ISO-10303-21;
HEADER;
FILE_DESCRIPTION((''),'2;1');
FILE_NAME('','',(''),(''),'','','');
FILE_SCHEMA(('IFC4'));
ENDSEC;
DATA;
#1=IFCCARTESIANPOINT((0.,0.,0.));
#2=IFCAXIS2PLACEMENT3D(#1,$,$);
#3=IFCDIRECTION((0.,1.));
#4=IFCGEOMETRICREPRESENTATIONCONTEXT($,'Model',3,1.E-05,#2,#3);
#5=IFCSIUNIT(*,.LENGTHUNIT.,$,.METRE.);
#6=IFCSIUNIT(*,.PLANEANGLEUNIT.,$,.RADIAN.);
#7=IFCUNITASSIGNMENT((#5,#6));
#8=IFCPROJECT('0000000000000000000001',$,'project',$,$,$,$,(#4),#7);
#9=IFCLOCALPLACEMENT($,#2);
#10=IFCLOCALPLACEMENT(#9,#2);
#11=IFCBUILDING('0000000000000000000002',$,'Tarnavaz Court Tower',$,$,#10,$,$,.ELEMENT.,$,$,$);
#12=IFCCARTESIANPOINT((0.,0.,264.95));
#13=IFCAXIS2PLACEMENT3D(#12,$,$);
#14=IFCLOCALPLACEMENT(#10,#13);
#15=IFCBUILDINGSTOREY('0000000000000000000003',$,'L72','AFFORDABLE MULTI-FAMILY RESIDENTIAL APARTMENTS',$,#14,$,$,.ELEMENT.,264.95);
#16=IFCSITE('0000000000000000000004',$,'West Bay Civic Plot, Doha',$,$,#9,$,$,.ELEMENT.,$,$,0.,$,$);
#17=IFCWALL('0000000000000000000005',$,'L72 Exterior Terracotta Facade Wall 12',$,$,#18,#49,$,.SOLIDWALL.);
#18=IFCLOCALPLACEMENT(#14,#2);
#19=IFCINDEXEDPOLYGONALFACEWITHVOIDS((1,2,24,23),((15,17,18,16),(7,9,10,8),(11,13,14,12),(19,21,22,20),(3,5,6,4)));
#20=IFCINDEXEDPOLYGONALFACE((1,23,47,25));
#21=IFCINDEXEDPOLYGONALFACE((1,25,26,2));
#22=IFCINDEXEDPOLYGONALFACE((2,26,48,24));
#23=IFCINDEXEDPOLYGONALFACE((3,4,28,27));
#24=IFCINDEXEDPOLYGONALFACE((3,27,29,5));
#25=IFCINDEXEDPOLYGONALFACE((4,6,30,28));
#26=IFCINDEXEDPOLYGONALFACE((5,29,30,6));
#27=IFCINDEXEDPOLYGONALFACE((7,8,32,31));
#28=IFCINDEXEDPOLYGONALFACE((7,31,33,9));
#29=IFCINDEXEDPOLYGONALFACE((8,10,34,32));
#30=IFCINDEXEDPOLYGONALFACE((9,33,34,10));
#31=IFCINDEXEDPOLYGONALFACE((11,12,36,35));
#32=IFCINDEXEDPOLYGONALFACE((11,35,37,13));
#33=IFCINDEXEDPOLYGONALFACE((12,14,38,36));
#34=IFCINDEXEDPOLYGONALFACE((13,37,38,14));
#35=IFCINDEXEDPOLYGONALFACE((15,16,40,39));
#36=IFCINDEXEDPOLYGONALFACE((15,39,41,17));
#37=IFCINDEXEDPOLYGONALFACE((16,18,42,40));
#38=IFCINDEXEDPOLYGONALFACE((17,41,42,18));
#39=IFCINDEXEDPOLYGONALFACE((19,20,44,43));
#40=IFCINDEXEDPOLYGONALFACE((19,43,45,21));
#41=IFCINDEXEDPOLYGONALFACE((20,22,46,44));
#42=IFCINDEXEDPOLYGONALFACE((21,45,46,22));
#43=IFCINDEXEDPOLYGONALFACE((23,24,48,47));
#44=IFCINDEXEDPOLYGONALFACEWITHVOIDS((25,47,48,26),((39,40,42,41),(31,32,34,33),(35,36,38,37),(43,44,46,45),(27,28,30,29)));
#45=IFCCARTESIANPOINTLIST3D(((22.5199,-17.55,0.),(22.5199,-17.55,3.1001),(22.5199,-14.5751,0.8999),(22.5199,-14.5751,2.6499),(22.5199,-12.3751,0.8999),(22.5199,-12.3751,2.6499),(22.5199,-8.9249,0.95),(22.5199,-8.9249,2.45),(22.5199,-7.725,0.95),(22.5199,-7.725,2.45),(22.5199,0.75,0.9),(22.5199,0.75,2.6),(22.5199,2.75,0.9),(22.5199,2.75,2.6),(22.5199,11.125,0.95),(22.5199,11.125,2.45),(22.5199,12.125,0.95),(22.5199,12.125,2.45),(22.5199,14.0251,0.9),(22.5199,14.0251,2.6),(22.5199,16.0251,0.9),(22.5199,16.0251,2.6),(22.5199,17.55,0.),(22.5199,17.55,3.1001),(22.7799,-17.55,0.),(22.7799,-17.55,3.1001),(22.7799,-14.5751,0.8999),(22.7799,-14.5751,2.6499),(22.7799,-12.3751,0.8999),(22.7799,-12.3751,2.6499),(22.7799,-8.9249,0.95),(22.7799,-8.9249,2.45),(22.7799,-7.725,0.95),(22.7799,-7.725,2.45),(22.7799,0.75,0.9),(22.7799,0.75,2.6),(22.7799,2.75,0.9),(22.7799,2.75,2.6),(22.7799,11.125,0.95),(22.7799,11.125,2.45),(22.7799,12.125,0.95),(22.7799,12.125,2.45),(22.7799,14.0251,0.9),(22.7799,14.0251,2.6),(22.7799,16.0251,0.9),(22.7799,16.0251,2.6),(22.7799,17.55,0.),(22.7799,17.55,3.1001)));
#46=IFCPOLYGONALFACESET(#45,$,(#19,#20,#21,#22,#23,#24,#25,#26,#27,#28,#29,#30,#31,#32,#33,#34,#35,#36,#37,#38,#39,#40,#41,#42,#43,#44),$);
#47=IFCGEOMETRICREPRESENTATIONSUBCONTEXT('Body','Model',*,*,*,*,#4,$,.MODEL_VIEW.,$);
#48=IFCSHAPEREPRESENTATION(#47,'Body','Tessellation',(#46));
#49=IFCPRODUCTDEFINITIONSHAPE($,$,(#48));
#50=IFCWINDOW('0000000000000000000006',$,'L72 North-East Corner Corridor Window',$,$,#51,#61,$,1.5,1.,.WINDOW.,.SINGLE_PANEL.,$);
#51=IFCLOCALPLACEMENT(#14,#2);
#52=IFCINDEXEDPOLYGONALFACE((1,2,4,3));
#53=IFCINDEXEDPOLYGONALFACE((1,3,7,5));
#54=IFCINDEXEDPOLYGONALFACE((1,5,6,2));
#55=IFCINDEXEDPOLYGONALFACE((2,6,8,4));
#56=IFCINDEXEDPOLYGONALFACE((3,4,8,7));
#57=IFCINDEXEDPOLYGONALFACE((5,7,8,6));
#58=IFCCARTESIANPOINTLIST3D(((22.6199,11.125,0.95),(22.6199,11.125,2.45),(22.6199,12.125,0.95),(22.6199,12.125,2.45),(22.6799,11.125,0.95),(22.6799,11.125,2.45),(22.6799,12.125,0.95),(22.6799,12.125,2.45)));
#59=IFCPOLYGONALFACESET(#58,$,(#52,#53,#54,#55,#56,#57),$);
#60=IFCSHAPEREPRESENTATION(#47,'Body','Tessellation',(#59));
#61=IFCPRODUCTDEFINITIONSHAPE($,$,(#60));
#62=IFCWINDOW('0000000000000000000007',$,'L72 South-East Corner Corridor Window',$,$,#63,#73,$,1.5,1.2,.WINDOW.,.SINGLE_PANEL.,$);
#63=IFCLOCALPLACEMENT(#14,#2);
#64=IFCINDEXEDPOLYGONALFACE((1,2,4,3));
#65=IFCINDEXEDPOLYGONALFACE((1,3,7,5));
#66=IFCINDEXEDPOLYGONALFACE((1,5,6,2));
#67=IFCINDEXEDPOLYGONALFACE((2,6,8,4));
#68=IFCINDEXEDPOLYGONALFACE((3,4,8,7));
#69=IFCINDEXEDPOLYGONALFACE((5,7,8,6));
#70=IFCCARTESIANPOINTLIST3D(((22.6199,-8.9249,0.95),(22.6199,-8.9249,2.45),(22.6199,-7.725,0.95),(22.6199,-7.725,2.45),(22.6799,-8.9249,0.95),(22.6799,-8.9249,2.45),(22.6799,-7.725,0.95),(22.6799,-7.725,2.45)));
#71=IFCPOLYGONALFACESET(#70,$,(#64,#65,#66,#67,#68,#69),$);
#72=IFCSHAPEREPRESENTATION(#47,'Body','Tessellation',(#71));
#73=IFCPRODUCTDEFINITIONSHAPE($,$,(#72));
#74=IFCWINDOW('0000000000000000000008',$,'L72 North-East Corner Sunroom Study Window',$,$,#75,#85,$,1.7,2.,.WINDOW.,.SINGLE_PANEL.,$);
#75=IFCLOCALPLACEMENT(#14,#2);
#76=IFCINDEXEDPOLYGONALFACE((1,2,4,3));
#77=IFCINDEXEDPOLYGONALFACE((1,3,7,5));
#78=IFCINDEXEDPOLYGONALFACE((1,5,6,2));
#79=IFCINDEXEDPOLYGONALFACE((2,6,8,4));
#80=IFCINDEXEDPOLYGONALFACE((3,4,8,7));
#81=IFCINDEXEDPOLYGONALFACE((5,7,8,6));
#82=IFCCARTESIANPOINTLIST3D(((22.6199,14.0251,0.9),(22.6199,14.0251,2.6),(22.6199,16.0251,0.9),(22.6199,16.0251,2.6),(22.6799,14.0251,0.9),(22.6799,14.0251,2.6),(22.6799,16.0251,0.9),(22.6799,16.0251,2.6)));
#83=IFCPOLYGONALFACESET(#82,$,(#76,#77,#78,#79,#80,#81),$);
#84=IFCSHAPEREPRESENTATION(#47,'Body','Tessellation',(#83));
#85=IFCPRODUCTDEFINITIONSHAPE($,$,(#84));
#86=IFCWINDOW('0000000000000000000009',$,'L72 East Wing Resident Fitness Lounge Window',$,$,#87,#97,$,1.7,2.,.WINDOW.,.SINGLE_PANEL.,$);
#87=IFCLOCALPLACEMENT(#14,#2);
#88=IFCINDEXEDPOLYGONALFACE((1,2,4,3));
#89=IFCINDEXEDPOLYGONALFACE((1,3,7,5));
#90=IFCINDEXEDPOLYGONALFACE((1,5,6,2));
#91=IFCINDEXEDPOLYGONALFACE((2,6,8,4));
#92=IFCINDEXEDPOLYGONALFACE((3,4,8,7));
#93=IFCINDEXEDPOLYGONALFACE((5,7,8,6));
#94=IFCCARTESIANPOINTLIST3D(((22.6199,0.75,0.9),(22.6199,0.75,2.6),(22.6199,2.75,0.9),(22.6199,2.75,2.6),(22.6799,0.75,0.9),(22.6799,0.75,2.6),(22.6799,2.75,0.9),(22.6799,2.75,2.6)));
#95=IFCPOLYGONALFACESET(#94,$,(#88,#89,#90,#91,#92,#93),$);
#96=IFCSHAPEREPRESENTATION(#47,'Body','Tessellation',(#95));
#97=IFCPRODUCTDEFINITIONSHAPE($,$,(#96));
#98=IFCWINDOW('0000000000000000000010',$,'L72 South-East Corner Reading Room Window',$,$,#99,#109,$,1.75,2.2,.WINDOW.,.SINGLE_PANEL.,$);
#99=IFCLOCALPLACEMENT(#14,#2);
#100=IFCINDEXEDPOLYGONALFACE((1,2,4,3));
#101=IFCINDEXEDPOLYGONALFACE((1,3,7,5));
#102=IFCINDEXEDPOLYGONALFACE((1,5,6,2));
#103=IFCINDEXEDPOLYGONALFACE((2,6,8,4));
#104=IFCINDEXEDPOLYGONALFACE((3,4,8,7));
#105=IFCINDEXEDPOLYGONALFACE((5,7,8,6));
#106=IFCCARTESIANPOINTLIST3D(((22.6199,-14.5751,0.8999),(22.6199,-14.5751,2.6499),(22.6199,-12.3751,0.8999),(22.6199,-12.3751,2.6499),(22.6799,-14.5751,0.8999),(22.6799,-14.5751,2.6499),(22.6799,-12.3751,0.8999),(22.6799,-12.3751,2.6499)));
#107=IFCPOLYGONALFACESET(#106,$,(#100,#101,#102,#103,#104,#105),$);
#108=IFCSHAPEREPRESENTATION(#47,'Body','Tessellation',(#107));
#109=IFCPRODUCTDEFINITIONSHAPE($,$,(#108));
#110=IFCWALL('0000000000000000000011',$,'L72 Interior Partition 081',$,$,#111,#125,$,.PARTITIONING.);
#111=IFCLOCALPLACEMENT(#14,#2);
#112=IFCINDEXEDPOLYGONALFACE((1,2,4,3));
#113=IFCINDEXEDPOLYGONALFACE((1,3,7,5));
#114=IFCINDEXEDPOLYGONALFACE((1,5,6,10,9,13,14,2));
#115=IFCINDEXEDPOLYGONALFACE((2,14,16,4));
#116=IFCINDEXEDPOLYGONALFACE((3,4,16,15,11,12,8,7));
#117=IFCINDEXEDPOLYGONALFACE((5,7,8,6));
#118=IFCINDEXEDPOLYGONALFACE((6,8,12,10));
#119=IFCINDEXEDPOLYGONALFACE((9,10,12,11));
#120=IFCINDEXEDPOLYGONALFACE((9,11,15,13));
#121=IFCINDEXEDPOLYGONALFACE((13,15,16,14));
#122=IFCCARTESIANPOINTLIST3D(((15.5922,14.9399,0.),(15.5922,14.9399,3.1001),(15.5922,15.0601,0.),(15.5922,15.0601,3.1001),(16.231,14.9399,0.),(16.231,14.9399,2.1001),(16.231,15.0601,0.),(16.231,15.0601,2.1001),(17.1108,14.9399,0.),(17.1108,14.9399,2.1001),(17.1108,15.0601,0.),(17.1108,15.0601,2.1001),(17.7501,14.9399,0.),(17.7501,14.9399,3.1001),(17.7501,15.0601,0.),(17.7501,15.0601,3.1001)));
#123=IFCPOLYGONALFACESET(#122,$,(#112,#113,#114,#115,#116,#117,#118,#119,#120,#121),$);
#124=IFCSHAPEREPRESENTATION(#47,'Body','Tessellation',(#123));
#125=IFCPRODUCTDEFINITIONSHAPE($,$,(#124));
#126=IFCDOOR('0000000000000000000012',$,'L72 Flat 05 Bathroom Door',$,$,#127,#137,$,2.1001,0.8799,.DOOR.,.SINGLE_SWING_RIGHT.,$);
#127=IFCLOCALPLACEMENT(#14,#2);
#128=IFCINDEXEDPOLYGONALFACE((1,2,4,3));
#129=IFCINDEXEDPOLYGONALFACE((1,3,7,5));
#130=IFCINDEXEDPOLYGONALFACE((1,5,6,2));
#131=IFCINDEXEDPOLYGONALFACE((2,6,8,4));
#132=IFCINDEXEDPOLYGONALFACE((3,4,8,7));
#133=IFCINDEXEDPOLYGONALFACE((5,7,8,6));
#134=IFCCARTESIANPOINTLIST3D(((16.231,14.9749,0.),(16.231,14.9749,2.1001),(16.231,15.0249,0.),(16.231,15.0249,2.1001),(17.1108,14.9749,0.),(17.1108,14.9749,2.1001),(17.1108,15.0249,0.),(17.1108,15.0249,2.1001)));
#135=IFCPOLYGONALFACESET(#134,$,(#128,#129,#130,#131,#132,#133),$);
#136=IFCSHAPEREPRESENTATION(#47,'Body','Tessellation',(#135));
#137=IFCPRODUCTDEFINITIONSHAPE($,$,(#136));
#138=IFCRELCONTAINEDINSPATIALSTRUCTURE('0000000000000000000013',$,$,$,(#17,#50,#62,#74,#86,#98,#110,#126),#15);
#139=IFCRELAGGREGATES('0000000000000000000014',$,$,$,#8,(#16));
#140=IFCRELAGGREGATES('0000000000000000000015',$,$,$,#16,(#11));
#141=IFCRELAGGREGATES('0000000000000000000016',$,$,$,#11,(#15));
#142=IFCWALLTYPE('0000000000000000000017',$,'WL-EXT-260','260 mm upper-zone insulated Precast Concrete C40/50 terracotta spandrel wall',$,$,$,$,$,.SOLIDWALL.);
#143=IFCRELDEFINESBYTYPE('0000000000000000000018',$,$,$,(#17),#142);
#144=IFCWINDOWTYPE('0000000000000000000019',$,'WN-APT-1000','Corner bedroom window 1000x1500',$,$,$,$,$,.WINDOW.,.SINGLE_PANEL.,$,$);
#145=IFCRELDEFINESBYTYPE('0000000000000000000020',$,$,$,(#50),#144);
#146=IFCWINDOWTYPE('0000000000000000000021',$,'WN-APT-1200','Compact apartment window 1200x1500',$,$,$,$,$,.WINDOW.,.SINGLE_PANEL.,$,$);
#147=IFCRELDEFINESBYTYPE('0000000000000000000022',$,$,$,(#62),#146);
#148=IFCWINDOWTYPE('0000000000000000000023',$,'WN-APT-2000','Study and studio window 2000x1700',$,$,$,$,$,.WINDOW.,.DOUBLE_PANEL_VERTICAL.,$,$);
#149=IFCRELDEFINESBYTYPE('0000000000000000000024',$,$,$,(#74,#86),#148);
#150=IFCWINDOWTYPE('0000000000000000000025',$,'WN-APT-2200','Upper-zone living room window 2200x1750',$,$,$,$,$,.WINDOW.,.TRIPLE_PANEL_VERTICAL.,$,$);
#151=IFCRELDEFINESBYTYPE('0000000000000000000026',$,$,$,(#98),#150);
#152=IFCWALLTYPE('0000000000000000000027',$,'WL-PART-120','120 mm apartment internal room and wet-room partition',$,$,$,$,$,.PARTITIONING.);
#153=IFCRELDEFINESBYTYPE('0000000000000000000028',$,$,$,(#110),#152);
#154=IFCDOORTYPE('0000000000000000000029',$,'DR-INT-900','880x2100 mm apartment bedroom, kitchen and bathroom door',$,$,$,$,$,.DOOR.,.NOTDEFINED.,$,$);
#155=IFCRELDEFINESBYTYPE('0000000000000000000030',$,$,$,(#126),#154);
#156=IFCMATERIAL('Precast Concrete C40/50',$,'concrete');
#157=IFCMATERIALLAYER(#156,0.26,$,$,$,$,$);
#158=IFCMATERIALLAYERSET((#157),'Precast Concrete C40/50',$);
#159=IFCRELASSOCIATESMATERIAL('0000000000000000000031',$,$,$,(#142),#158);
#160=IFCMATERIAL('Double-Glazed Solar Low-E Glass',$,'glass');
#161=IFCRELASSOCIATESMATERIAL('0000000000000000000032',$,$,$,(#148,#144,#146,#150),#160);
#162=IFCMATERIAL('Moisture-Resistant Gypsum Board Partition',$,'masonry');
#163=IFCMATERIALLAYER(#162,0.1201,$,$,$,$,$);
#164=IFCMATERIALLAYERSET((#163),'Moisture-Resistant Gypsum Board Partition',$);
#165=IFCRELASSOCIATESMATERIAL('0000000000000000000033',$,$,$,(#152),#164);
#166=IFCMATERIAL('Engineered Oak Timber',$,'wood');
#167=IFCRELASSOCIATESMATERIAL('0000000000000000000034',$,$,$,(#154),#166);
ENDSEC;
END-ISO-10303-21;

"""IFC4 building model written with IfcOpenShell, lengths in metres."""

from ifc_helpers import new_model, si_unit, direction, frame, frame_2d, origin, place, context, subcontext, project, spatial, rectangle, extrude, material, layer, layer_set, type_object, element, fill, save


model = new_model("IFC4")

# Units and contexts
model_context = context("Model", 3, precision=1e-05, world=origin(), true_north=direction((0.0, 1.0)))
body_context = subcontext(model_context, "Body", "Model", "MODEL_VIEW")
ifc_project = project(units=[si_unit("LENGTHUNIT", "METRE"), si_unit("PLANEANGLEUNIT", "RADIAN")], contexts=[model_context])

# Site, building, storey
site_placement = place(None, origin())
site = spatial("IfcSite", under=ifc_project, at=site_placement, Name="West Bay Civic Plot, Doha", CompositionType="ELEMENT", RefElevation=0.0)
building_placement = place(site_placement, origin())
building = spatial("IfcBuilding", under=site, at=building_placement, Name="Tarnavaz Court Tower", CompositionType="ELEMENT")
storey_placement = place(building_placement, frame((0.0, 0.0, 264.95)))
storey = spatial("IfcBuildingStorey", under=building, at=storey_placement, Name="L72", Description="AFFORDABLE MULTI-FAMILY RESIDENTIAL APARTMENTS", CompositionType="ELEMENT", Elevation=264.95)

# Shared definitions
ifc_material_1 = material(Name="Precast Concrete C40/50", Category="concrete")
ifc_layer_1 = layer(ifc_material_1, 0.26)
ifc_layer_set_1 = layer_set([ifc_layer_1], Name="Precast Concrete C40/50")
wall_type_1 = type_object("IfcWallType", Name="WL-EXT-260", Description="260 mm upper-zone insulated Precast Concrete C40/50 terracotta spandrel wall", PredefinedType="SOLIDWALL", material=ifc_layer_set_1)
ifc_material_2 = material(Name="Double-Glazed Solar Low-E Glass", Category="glass")
window_type_1 = type_object("IfcWindowType", Name="WN-APT-2000", Description="Study and studio window 2000x1700", PartitioningType="DOUBLE_PANEL_VERTICAL", PredefinedType="WINDOW", material=ifc_material_2)

# Wall, openings, windows
wall_1_placement = place(storey_placement, frame((22.6499, 17.55, 0.0), z_axis=(0.0, 0.0, 1.0), x_axis=(0.0, -1.0, 0.0)))
wall_1 = element("IfcWall", 1, at=wall_1_placement, inside=storey, type_object=wall_type_1, Name="L72 Exterior Terracotta Facade Wall 12", PredefinedType="SOLIDWALL", context=body_context, shape_type="SweptSolid", body=[
    extrude(rectangle(XDim=35.1001, YDim=0.26, at=frame_2d((17.55, 0.0))), origin(), (0.0, 0.0, 1.0), 3.1001),
])
opening_1_placement = place(wall_1_placement, frame((1.5249, 0.0, 0.8999)))
opening_1 = element("IfcOpeningElement", 2, at=opening_1_placement, cuts=wall_1, PredefinedType="OPENING", context=body_context, shape_type="SweptSolid", body=[
    extrude(rectangle(XDim=2.0, YDim=1.7, at=frame_2d((1.0, 0.8501))), frame((0.0, 0.1399, 0.0), z_axis=(0.0, -1.0, 0.0), x_axis=(1.0, 0.0, 0.0)), (0.0, 0.0, 1.0), 0.28),
])
opening_2_placement = place(wall_1_placement, frame((5.425, 0.0, 0.95)))
opening_2 = element("IfcOpeningElement", 3, at=opening_2_placement, cuts=wall_1, PredefinedType="OPENING", context=body_context, shape_type="SweptSolid", body=[
    extrude(rectangle(XDim=1.0, YDim=1.5, at=frame_2d((0.5, 0.75))), frame((0.0, 0.1399, 0.0), z_axis=(0.0, -1.0, 0.0), x_axis=(1.0, 0.0, 0.0)), (0.0, 0.0, 1.0), 0.28),
])
opening_3_placement = place(wall_1_placement, frame((14.8, 0.0, 0.8999)))
opening_3 = element("IfcOpeningElement", 4, at=opening_3_placement, cuts=wall_1, PredefinedType="OPENING", context=body_context, shape_type="SweptSolid", body=[
    extrude(rectangle(XDim=2.0, YDim=1.7, at=frame_2d((1.0, 0.8501))), frame((0.0, 0.1399, 0.0), z_axis=(0.0, -1.0, 0.0), x_axis=(1.0, 0.0, 0.0)), (0.0, 0.0, 1.0), 0.28),
])
opening_4_placement = place(wall_1_placement, frame((25.2749, 0.0, 0.95)))
opening_4 = element("IfcOpeningElement", 5, at=opening_4_placement, cuts=wall_1, PredefinedType="OPENING", context=body_context, shape_type="SweptSolid", body=[
    extrude(rectangle(XDim=1.2, YDim=1.5, at=frame_2d((0.6001, 0.75))), frame((0.0, 0.1399, 0.0), z_axis=(0.0, -1.0, 0.0), x_axis=(1.0, 0.0, 0.0)), (0.0, 0.0, 1.0), 0.28),
])
opening_5_placement = place(wall_1_placement, frame((29.925, 0.0, 0.8999)))
opening_5 = element("IfcOpeningElement", 6, at=opening_5_placement, cuts=wall_1, PredefinedType="OPENING", context=body_context, shape_type="SweptSolid", body=[
    extrude(rectangle(XDim=2.2, YDim=1.75, at=frame_2d((1.1001, 0.875))), frame((0.0, 0.1399, 0.0), z_axis=(0.0, -1.0, 0.0), x_axis=(1.0, 0.0, 0.0)), (0.0, 0.0, 1.0), 0.28),
])
window_type_2 = type_object("IfcWindowType", Name="WN-APT-1000", Description="Corner bedroom window 1000x1500", PartitioningType="SINGLE_PANEL", PredefinedType="WINDOW", material=ifc_material_2)
window_1_placement = place(opening_2_placement, origin())
window_1 = element("IfcWindow", 7, at=window_1_placement, inside=storey, type_object=window_type_2, Name="L72 North-East Corner Corridor Window", OverallHeight=1.5, OverallWidth=1.0, PartitioningType="SINGLE_PANEL", PredefinedType="WINDOW", context=body_context, shape_type="SweptSolid", body=[
    extrude(rectangle(XDim=1.0, YDim=1.5, at=frame_2d((0.5, 0.75))), frame((0.0, 0.03, 0.0), z_axis=(0.0, -1.0, 0.0), x_axis=(1.0, 0.0, 0.0)), (0.0, 0.0, 1.0), 0.0601),
])
fill(opening_2, window_1)
window_type_3 = type_object("IfcWindowType", Name="WN-APT-1200", Description="Compact apartment window 1200x1500", PartitioningType="SINGLE_PANEL", PredefinedType="WINDOW", material=ifc_material_2)
window_2_placement = place(opening_4_placement, origin())
window_2 = element("IfcWindow", 8, at=window_2_placement, inside=storey, type_object=window_type_3, Name="L72 South-East Corner Corridor Window", OverallHeight=1.5, OverallWidth=1.2, PartitioningType="SINGLE_PANEL", PredefinedType="WINDOW", context=body_context, shape_type="SweptSolid", body=[
    extrude(rectangle(XDim=1.2, YDim=1.5, at=frame_2d((0.6001, 0.75))), frame((0.0, 0.03, 0.0), z_axis=(0.0, -1.0, 0.0), x_axis=(1.0, 0.0, 0.0)), (0.0, 0.0, 1.0), 0.0601),
])
fill(opening_4, window_2)
window_3_placement = place(opening_1_placement, origin())
window_3 = element("IfcWindow", 9, at=window_3_placement, inside=storey, type_object=window_type_1, Name="L72 North-East Corner Sunroom Study Window", OverallHeight=1.7, OverallWidth=2.0, PartitioningType="SINGLE_PANEL", PredefinedType="WINDOW", context=body_context, shape_type="SweptSolid", body=[
    extrude(rectangle(XDim=2.0, YDim=1.7, at=frame_2d((1.0, 0.8501))), frame((0.0, 0.03, 0.0), z_axis=(0.0, -1.0, 0.0), x_axis=(1.0, 0.0, 0.0)), (0.0, 0.0, 1.0), 0.0601),
])
fill(opening_1, window_3)
window_4_placement = place(opening_3_placement, origin())
window_4 = element("IfcWindow", 10, at=window_4_placement, inside=storey, type_object=window_type_1, Name="L72 East Wing Resident Fitness Lounge Window", OverallHeight=1.7, OverallWidth=2.0, PartitioningType="SINGLE_PANEL", PredefinedType="WINDOW", context=body_context, shape_type="SweptSolid", body=[
    extrude(rectangle(XDim=2.0, YDim=1.7, at=frame_2d((1.0, 0.8501))), frame((0.0, 0.03, 0.0), z_axis=(0.0, -1.0, 0.0), x_axis=(1.0, 0.0, 0.0)), (0.0, 0.0, 1.0), 0.0601),
])
fill(opening_3, window_4)
window_type_4 = type_object("IfcWindowType", Name="WN-APT-2200", Description="Upper-zone living room window 2200x1750", PartitioningType="TRIPLE_PANEL_VERTICAL", PredefinedType="WINDOW", material=ifc_material_2)
window_5_placement = place(opening_5_placement, origin())
window_5 = element("IfcWindow", 11, at=window_5_placement, inside=storey, type_object=window_type_4, Name="L72 South-East Corner Reading Room Window", OverallHeight=1.75, OverallWidth=2.2, PartitioningType="SINGLE_PANEL", PredefinedType="WINDOW", context=body_context, shape_type="SweptSolid", body=[
    extrude(rectangle(XDim=2.2, YDim=1.75, at=frame_2d((1.1001, 0.875))), frame((0.0, 0.03, 0.0), z_axis=(0.0, -1.0, 0.0), x_axis=(1.0, 0.0, 0.0)), (0.0, 0.0, 1.0), 0.0601),
])
fill(opening_5, window_5)

# Wall, opening, door
ifc_material_3 = material(Name="Moisture-Resistant Gypsum Board Partition", Category="masonry")
ifc_layer_2 = layer(ifc_material_3, 0.1201)
ifc_layer_set_2 = layer_set([ifc_layer_2], Name="Moisture-Resistant Gypsum Board Partition")
wall_type_2 = type_object("IfcWallType", Name="WL-PART-120", Description="120 mm apartment internal room and wet-room partition", PredefinedType="PARTITIONING", material=ifc_layer_set_2)
wall_2_placement = place(storey_placement, frame((15.592, 15.0, 0.0), z_axis=(0.0, 0.0, 1.0), x_axis=(1.0, 0.0, 0.0)))
wall_2 = element("IfcWall", 12, at=wall_2_placement, inside=storey, type_object=wall_type_2, Name="L72 Interior Partition 081", PredefinedType="PARTITIONING", context=body_context, shape_type="SweptSolid", body=[
    extrude(rectangle(XDim=2.158, YDim=0.1201, at=frame_2d((1.0791, 0.0))), origin(), (0.0, 0.0, 1.0), 3.1001),
])
opening_6_placement = place(wall_2_placement, frame((0.6389, 0.0, 0.0)))
opening_6 = element("IfcOpeningElement", 13, at=opening_6_placement, cuts=wall_2, PredefinedType="OPENING", context=body_context, shape_type="SweptSolid", body=[
    extrude(rectangle(XDim=0.8799, YDim=2.1001, at=frame_2d((0.4399, 1.05))), frame((0.0, 0.0701, 0.0), z_axis=(0.0, -1.0, 0.0), x_axis=(1.0, 0.0, 0.0)), (0.0, 0.0, 1.0), 0.1401),
])
ifc_material_4 = material(Name="Engineered Oak Timber", Category="wood")
door_type = type_object("IfcDoorType", Name="DR-INT-900", Description="880x2100 mm apartment bedroom, kitchen and bathroom door", OperationType="NOTDEFINED", PredefinedType="DOOR", material=ifc_material_4)
door_1_placement = place(opening_6_placement, origin())
door_1 = element("IfcDoor", 14, at=door_1_placement, inside=storey, type_object=door_type, Name="L72 Flat 05 Bathroom Door", OperationType="SINGLE_SWING_RIGHT", OverallHeight=2.1001, OverallWidth=0.8799, PredefinedType="DOOR", context=body_context, shape_type="SweptSolid", body=[
    extrude(rectangle(XDim=0.8799, YDim=2.1001, at=frame_2d((0.4399, 1.05))), frame((0.0, 0.0249, 0.0), z_axis=(0.0, -1.0, 0.0), x_axis=(1.0, 0.0, 0.0)), (0.0, 0.0, 1.0), 0.05),
])
fill(opening_6, door_1)

save(model, "model.ifc")
